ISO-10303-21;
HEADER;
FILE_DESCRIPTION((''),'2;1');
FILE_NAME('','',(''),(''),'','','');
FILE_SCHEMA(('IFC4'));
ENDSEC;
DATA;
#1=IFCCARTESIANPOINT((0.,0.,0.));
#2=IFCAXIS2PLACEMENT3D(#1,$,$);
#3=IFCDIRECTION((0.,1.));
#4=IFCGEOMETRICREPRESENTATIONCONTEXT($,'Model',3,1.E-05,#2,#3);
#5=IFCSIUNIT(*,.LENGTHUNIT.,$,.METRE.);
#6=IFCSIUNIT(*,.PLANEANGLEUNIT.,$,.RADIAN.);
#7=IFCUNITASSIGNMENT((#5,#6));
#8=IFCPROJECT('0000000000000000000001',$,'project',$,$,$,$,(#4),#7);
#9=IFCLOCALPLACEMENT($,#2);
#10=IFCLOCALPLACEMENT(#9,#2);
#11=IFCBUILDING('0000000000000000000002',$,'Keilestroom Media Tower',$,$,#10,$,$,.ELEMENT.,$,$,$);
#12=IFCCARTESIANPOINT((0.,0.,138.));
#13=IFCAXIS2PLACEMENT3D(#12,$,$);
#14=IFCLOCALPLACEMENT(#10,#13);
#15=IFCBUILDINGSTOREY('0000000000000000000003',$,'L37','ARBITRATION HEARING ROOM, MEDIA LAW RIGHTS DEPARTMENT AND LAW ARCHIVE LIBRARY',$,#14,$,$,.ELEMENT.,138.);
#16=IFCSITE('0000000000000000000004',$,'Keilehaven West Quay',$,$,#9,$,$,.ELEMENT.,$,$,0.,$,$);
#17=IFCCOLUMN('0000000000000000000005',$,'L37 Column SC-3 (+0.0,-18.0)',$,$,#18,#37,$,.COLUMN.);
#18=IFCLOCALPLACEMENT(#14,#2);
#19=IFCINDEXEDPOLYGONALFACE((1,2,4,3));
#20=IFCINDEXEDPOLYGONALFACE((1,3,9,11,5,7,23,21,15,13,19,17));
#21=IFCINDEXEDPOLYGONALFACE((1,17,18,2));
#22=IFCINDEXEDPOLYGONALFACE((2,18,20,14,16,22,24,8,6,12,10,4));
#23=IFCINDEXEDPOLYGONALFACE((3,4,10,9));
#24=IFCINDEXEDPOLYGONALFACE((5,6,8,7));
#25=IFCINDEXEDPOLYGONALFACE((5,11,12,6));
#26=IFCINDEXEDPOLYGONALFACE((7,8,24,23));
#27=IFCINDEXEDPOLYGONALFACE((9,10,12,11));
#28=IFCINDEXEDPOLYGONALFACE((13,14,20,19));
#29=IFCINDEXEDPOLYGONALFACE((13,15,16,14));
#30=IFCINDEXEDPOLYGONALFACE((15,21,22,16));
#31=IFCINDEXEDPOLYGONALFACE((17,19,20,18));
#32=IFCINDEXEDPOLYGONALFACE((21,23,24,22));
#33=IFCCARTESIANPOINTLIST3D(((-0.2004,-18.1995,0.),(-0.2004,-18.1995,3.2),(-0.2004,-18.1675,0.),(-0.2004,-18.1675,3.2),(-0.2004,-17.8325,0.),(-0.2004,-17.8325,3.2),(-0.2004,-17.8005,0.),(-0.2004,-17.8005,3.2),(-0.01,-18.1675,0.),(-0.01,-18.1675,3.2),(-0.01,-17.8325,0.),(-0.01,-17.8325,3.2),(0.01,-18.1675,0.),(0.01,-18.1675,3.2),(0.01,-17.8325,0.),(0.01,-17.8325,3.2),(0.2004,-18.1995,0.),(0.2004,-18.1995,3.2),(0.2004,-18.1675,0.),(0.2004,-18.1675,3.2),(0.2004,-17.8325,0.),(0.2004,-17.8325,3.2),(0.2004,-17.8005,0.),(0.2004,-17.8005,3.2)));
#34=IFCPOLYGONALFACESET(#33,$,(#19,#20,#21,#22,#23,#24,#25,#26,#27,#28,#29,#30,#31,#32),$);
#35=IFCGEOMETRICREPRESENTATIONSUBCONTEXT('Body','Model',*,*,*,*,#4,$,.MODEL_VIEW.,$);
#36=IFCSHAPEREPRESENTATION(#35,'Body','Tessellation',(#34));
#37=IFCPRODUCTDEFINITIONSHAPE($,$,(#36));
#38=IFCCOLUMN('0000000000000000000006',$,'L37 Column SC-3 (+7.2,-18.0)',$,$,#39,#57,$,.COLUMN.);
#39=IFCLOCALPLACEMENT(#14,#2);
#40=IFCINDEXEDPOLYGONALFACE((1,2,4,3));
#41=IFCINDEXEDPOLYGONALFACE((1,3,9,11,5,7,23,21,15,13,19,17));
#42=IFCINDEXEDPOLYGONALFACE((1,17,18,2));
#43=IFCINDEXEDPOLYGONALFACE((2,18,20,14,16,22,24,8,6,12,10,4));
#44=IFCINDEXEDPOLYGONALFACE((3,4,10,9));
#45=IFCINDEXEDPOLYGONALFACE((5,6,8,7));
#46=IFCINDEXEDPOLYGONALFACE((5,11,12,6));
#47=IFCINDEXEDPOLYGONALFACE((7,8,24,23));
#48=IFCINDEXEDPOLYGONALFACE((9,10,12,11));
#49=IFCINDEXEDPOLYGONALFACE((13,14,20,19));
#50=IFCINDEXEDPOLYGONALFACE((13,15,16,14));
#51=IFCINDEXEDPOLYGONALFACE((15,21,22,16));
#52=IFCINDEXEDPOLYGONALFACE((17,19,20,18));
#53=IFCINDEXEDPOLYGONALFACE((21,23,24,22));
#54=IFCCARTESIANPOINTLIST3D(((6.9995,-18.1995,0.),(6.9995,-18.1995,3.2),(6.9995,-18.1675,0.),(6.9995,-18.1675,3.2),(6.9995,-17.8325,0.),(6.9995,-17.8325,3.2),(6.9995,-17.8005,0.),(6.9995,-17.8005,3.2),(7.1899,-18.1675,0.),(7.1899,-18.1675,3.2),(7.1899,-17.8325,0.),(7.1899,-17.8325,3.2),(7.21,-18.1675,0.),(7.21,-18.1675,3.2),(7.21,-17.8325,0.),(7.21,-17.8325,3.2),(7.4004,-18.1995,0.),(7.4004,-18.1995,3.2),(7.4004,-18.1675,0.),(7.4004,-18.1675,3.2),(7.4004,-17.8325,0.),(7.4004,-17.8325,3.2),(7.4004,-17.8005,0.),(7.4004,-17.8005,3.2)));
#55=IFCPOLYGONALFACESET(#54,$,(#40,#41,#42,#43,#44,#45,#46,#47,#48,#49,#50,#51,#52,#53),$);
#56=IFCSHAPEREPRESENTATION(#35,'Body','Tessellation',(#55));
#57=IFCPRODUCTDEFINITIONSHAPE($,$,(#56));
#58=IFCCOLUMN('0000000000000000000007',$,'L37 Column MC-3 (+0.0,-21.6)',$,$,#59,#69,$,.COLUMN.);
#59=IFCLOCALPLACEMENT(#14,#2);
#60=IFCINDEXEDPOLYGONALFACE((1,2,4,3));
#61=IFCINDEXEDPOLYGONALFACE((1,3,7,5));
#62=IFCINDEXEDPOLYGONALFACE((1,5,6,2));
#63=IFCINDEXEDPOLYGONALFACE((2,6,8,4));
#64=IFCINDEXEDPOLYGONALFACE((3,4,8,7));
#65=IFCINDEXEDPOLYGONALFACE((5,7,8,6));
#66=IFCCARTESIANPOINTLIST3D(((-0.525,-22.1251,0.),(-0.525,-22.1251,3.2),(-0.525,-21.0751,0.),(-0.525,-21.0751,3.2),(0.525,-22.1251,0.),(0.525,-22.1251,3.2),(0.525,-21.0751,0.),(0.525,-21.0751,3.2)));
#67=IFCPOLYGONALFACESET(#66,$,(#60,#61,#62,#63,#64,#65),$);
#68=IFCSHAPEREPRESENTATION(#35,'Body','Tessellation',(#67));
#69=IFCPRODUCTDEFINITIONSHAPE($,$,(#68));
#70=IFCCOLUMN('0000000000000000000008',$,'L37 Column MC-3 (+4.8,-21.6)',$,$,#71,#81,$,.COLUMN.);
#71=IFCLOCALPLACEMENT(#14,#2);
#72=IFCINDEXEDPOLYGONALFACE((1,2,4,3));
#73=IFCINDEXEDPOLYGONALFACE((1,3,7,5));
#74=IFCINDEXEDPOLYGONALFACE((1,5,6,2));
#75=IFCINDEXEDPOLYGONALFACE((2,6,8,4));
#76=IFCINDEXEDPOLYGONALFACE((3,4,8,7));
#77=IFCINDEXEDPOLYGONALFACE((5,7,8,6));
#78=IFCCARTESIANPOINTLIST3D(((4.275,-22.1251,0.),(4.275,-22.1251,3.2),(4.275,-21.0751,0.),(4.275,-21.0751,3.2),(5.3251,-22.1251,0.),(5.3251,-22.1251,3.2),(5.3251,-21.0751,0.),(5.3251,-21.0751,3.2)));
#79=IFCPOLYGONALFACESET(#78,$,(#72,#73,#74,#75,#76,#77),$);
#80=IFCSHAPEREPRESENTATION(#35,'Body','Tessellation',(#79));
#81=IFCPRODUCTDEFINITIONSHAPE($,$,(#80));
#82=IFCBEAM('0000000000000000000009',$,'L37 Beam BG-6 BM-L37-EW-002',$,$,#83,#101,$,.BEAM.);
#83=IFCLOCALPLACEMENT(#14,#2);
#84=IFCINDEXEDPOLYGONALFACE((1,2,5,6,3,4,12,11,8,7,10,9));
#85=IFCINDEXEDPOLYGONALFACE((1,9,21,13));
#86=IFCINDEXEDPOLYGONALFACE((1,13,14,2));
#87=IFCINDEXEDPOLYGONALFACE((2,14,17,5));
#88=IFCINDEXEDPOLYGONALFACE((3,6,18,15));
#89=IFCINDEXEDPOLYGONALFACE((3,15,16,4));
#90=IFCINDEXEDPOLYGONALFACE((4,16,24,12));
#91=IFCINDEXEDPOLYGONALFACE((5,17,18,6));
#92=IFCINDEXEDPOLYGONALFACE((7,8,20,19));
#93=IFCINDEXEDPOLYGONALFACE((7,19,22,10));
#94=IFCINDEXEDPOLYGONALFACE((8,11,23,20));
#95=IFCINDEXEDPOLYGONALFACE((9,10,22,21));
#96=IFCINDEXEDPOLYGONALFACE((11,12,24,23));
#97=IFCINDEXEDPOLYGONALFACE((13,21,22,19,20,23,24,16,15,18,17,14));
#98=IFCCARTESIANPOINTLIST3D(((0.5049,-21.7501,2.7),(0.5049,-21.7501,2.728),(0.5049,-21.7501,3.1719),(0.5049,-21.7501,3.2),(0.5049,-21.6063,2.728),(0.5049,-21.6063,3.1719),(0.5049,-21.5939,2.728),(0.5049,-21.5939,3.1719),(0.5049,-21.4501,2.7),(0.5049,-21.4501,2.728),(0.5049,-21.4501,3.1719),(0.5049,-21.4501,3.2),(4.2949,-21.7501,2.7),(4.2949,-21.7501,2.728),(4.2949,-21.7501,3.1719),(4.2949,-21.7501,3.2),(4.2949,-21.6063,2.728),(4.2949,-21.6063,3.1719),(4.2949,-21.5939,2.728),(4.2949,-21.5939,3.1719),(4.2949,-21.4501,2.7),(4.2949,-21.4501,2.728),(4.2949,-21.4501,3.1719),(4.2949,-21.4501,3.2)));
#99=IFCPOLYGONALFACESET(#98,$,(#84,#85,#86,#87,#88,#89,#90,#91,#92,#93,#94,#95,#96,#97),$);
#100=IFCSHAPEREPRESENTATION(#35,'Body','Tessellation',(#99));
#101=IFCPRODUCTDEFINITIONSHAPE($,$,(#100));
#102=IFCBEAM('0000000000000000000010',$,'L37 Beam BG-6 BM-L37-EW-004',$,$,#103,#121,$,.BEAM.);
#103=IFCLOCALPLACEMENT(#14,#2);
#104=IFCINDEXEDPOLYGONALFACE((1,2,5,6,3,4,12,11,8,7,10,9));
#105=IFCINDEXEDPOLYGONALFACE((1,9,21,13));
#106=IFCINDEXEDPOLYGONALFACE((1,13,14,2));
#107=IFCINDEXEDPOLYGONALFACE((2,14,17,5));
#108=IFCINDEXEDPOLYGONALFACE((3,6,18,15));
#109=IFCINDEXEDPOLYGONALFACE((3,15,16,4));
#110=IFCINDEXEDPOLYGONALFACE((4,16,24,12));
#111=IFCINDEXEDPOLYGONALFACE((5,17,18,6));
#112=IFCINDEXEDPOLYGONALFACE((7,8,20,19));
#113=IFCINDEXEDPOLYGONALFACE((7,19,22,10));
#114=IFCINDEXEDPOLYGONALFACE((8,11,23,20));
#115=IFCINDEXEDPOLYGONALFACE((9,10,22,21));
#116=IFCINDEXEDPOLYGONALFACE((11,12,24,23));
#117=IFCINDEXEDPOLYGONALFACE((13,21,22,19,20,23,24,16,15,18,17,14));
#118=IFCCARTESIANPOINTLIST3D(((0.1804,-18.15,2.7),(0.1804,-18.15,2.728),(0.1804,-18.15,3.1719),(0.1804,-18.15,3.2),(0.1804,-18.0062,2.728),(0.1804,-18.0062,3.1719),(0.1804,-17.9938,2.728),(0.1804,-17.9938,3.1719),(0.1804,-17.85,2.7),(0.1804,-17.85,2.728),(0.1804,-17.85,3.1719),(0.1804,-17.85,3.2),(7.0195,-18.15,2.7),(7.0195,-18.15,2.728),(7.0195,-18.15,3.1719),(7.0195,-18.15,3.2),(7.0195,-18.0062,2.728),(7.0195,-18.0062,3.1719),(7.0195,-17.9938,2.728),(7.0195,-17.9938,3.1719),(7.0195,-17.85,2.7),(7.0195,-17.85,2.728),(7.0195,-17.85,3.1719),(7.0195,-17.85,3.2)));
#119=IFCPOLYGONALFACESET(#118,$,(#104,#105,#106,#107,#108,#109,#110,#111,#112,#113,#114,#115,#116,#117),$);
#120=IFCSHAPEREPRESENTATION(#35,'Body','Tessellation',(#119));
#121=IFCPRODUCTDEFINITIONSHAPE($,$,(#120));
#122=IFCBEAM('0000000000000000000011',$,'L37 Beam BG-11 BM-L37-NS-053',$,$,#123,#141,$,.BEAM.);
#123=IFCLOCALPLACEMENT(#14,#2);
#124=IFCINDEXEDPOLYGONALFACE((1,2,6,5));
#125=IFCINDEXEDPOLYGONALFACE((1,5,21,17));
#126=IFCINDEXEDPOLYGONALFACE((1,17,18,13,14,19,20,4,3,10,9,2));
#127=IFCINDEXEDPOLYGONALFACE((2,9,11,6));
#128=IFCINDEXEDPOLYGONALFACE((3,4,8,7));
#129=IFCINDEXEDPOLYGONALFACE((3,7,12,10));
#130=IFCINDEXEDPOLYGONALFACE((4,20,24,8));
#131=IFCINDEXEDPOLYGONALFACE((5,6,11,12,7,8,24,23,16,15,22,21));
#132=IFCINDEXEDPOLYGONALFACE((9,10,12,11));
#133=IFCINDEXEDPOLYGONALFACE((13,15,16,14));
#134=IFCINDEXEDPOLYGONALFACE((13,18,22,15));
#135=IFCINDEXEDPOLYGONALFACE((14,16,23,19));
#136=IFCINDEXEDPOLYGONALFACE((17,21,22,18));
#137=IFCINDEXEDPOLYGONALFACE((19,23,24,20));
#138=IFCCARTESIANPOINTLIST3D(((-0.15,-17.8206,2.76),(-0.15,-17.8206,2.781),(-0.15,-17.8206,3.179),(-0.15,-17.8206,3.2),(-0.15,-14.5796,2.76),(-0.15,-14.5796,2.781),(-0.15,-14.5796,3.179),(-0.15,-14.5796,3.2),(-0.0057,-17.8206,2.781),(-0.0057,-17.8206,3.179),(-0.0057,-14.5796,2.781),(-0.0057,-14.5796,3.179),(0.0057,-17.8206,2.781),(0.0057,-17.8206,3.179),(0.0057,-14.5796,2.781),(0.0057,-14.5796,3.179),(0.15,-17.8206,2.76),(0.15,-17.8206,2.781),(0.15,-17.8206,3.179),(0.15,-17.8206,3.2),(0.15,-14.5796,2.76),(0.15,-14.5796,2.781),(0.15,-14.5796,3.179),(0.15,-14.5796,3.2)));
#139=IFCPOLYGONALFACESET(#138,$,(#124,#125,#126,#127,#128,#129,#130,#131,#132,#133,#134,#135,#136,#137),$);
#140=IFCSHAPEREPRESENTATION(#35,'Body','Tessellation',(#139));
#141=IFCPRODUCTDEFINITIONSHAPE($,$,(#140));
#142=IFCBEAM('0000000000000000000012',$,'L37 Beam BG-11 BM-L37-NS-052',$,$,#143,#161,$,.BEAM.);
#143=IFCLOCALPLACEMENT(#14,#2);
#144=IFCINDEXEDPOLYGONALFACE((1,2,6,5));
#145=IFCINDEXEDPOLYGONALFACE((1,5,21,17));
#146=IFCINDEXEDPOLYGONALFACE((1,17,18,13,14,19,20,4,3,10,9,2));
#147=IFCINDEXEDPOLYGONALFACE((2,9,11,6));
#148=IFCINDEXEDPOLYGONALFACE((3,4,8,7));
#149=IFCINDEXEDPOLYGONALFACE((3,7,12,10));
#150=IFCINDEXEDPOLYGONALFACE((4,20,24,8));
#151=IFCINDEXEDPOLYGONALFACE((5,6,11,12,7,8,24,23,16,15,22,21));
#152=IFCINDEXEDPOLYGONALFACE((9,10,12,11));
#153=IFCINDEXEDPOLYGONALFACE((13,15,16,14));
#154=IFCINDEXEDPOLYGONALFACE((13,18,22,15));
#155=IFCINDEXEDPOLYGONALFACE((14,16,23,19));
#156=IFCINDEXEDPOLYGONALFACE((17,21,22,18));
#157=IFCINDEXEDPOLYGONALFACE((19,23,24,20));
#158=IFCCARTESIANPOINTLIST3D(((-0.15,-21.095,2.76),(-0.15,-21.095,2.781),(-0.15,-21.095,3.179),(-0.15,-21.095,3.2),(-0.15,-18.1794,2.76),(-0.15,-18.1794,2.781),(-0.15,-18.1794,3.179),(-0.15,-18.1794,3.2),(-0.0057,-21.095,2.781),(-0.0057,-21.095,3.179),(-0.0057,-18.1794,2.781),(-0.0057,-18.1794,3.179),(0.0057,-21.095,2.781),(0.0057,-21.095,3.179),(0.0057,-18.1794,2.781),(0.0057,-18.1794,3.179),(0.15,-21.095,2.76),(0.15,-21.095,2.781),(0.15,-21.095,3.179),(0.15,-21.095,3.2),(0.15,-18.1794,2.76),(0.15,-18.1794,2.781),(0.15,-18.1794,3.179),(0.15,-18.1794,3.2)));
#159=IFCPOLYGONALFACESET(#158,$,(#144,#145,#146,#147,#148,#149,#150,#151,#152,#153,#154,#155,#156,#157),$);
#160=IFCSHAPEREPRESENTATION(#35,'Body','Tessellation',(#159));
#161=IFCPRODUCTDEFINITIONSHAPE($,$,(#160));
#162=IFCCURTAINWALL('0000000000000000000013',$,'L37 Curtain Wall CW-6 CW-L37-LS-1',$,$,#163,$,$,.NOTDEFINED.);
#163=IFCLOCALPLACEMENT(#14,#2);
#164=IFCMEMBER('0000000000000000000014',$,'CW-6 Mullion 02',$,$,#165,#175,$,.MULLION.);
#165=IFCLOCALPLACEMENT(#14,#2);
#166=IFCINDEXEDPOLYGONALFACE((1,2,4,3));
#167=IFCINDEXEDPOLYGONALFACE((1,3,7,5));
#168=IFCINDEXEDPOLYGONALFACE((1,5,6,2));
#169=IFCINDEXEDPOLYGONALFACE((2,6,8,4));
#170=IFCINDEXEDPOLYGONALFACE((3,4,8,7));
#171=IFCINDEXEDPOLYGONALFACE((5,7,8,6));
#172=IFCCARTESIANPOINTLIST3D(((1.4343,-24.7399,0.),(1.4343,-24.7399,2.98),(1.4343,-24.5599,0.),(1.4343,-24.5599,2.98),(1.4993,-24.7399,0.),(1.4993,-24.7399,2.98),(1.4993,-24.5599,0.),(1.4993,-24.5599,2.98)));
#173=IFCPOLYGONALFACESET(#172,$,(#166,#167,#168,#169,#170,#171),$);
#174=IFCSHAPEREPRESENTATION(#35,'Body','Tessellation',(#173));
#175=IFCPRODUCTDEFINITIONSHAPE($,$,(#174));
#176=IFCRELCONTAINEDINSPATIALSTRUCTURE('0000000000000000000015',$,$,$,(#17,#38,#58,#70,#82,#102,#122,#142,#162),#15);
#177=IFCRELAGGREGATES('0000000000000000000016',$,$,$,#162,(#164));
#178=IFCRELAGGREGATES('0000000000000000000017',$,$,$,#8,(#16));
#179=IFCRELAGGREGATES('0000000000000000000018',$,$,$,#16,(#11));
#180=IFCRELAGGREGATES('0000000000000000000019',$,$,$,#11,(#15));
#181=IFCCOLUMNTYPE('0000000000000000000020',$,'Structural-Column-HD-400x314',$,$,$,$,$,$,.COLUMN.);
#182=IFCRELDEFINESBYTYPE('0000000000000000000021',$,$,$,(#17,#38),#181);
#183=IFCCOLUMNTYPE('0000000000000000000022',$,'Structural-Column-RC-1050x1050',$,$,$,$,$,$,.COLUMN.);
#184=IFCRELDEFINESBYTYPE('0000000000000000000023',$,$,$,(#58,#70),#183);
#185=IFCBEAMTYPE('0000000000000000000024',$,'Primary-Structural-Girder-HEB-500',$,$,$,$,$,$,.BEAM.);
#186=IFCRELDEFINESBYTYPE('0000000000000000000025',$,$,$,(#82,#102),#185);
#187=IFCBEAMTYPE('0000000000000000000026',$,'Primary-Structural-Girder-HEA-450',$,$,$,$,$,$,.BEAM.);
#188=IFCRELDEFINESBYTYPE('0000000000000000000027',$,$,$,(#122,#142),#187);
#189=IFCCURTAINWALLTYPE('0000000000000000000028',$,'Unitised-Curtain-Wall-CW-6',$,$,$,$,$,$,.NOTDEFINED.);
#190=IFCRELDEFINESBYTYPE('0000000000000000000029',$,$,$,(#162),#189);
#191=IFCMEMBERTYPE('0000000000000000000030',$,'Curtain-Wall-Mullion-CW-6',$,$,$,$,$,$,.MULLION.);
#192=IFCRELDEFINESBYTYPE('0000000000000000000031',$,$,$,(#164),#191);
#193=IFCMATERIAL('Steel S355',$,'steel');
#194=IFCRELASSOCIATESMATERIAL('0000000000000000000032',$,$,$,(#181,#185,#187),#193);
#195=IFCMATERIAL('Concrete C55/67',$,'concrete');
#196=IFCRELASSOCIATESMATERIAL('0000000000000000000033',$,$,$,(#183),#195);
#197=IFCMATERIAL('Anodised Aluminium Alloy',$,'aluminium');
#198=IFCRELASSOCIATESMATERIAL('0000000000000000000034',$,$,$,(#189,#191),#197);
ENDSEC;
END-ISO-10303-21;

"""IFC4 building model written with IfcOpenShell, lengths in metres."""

from ifc_helpers import new_model, si_unit, direction, frame, origin, origin_2d, place, context, subcontext, project, spatial, rectangle, i_section, extrude, source, transform, mapped, material, material_profile, profile_set, type_object, element, aggregate, save


model = new_model("IFC4")

# Units and contexts
model_context = context("Model", 3, precision=1e-05, world=origin(), true_north=direction((0.0, 1.0)))
body_context = subcontext(model_context, "Body", "Model", "MODEL_VIEW")
ifc_project = project(units=[si_unit("LENGTHUNIT", "METRE"), si_unit("PLANEANGLEUNIT", "RADIAN")], contexts=[model_context])

# Site, building, storey
site_placement = place(None, origin())
site = spatial("IfcSite", under=ifc_project, at=site_placement, Name="Keilehaven West Quay", CompositionType="ELEMENT", RefElevation=0.0)
building_placement = place(site_placement, origin())
building = spatial("IfcBuilding", under=site, at=building_placement, Name="Keilestroom Media Tower", CompositionType="ELEMENT")
storey_placement = place(building_placement, frame((0.0, 0.0, 138.0)))
storey = spatial("IfcBuildingStorey", under=building, at=storey_placement, Name="L37", Description="ARBITRATION HEARING ROOM, MEDIA LAW RIGHTS DEPARTMENT AND LAW ARCHIVE LIBRARY", CompositionType="ELEMENT", Elevation=138.0)

# Columns
ifc_material_1 = material(Name="Steel S355", Category="steel")
ifc_material_profile_1 = material_profile(ifc_material_1, i_section(OverallWidth=0.4009, OverallDepth=0.3989, WebThickness=0.02, FlangeThickness=0.032, at=origin_2d()), Name="HD 400x314")
ifc_profile_set_1 = profile_set([ifc_material_profile_1], Name="Steel S355")
column_type_1 = type_object("IfcColumnType", Name="Structural-Column-HD-400x314", PredefinedType="COLUMN", material=ifc_profile_set_1)
shared_shape_1 = source(origin(), body_context, "Body", "SweptSolid", [
    extrude(i_section(OverallWidth=0.4009, OverallDepth=0.3989, WebThickness=0.02, FlangeThickness=0.032, at=origin_2d()), origin(), (0.0, 0.0, 1.0), 3.2),
])
for number, where, z_axis, x_axis, name in (
    (1, (0.0, -18.0, 0.0), (0.0, 0.0, 1.0), (1.0, 0.0, 0.0), "L37 Column SC-3 (+0.0,-18.0)"),
    (2, (7.2, -18.0, 0.0), (0.0, 0.0, 1.0), (1.0, 0.0, 0.0), "L37 Column SC-3 (+7.2,-18.0)"),
):
    element("IfcColumn", number, at=place(storey_placement, frame(where, z_axis=z_axis, x_axis=x_axis)), inside=storey, type_object=column_type_1, Name=name, PredefinedType="COLUMN", context=body_context, shape_type="MappedRepresentation", body=[
        mapped(shared_shape_1, transform((0.0, 0.0, 0.0), x_axis=(1.0, 0.0, 0.0), y_axis=(0.0, 1.0, 0.0), z_axis=(0.0, 0.0, 1.0), scale=1.0)),
    ])
ifc_material_2 = material(Name="Concrete C55/67", Category="concrete")
ifc_material_profile_2 = material_profile(ifc_material_2, rectangle(XDim=1.05, YDim=1.05, at=origin_2d()), Name="RC 1050x1050")
ifc_profile_set_2 = profile_set([ifc_material_profile_2], Name="Concrete C55/67")
column_type_2 = type_object("IfcColumnType", Name="Structural-Column-RC-1050x1050", PredefinedType="COLUMN", material=ifc_profile_set_2)
shared_shape_2 = source(origin(), body_context, "Body", "SweptSolid", [
    extrude(rectangle(XDim=1.05, YDim=1.05, at=origin_2d()), origin(), (0.0, 0.0, 1.0), 3.2),
])
for number, where, z_axis, x_axis, name in (
    (3, (0.0, -21.6001, 0.0), (0.0, 0.0, 1.0), (1.0, 0.0, 0.0), "L37 Column MC-3 (+0.0,-21.6)"),
    (4, (4.8, -21.6001, 0.0), (0.0, 0.0, 1.0), (1.0, 0.0, 0.0), "L37 Column MC-3 (+4.8,-21.6)"),
):
    element("IfcColumn", number, at=place(storey_placement, frame(where, z_axis=z_axis, x_axis=x_axis)), inside=storey, type_object=column_type_2, Name=name, PredefinedType="COLUMN", context=body_context, shape_type="MappedRepresentation", body=[
        mapped(shared_shape_2, transform((0.0, 0.0, 0.0), x_axis=(1.0, 0.0, 0.0), y_axis=(0.0, 1.0, 0.0), z_axis=(0.0, 0.0, 1.0), scale=1.0)),
    ])

# Beams
ifc_material_profile_3 = material_profile(ifc_material_1, i_section(OverallWidth=0.3, OverallDepth=0.5, WebThickness=0.0125, FlangeThickness=0.0281, at=origin_2d()), Name="HEB 500")
ifc_profile_set_3 = profile_set([ifc_material_profile_3], Name="Steel S355")
beam_type_1 = type_object("IfcBeamType", Name="Primary-Structural-Girder-HEB-500", PredefinedType="BEAM", material=ifc_profile_set_3)
shared_shape_3 = source(origin(), body_context, "Body", "SweptSolid", [
    extrude(i_section(OverallWidth=0.3, OverallDepth=0.5, WebThickness=0.0125, FlangeThickness=0.0281, at=origin_2d()), origin(), (0.0, 0.0, 1.0), 3.79),
])
beam_1_placement = place(storey_placement, frame((0.5049, -21.6001, 2.95), z_axis=(1.0, 0.0, 0.0), x_axis=(0.0, 1.0, 0.0)))
element("IfcBeam", 5, at=beam_1_placement, inside=storey, type_object=beam_type_1, Name="L37 Beam BG-6 BM-L37-EW-002", PredefinedType="BEAM", context=body_context, shape_type="MappedRepresentation", body=[
    mapped(shared_shape_3, transform((0.0, 0.0, 0.0), x_axis=(1.0, 0.0, 0.0), y_axis=(0.0, 1.0, 0.0), z_axis=(0.0, 0.0, 1.0), scale=1.0)),
])
shared_shape_4 = source(origin(), body_context, "Body", "SweptSolid", [
    extrude(i_section(OverallWidth=0.3, OverallDepth=0.5, WebThickness=0.0125, FlangeThickness=0.0281, at=origin_2d()), origin(), (0.0, 0.0, 1.0), 6.8391),
])
beam_2_placement = place(storey_placement, frame((0.1804, -18.0, 2.95), z_axis=(1.0, 0.0, 0.0), x_axis=(0.0, 1.0, 0.0)))
element("IfcBeam", 6, at=beam_2_placement, inside=storey, type_object=beam_type_1, Name="L37 Beam BG-6 BM-L37-EW-004", PredefinedType="BEAM", context=body_context, shape_type="MappedRepresentation", body=[
    mapped(shared_shape_4, transform((0.0, 0.0, 0.0), x_axis=(1.0, 0.0, 0.0), y_axis=(0.0, 1.0, 0.0), z_axis=(0.0, 0.0, 1.0), scale=1.0)),
])
ifc_material_profile_4 = material_profile(ifc_material_1, i_section(OverallWidth=0.3, OverallDepth=0.4399, WebThickness=0.0115, FlangeThickness=0.021, at=origin_2d()), Name="HEA 450")
ifc_profile_set_4 = profile_set([ifc_material_profile_4], Name="Steel S355")
beam_type_2 = type_object("IfcBeamType", Name="Primary-Structural-Girder-HEA-450", PredefinedType="BEAM", material=ifc_profile_set_4)
shared_shape_5 = source(origin(), body_context, "Body", "SweptSolid", [
    extrude(i_section(OverallWidth=0.3, OverallDepth=0.4399, WebThickness=0.0115, FlangeThickness=0.021, at=origin_2d()), origin(), (0.0, 0.0, 1.0), 3.241),
])
beam_3_placement = place(storey_placement, frame((0.0, -17.8206, 2.98), z_axis=(0.0, 1.0, 0.0), x_axis=(-1.0, 0.0, 0.0)))
element("IfcBeam", 7, at=beam_3_placement, inside=storey, type_object=beam_type_2, Name="L37 Beam BG-11 BM-L37-NS-053", PredefinedType="BEAM", context=body_context, shape_type="MappedRepresentation", body=[
    mapped(shared_shape_5, transform((0.0, 0.0, 0.0), x_axis=(1.0, 0.0, 0.0), y_axis=(0.0, 1.0, 0.0), z_axis=(0.0, 0.0, 1.0), scale=1.0)),
])
shared_shape_6 = source(origin(), body_context, "Body", "SweptSolid", [
    extrude(i_section(OverallWidth=0.3, OverallDepth=0.4399, WebThickness=0.0115, FlangeThickness=0.021, at=origin_2d()), origin(), (0.0, 0.0, 1.0), 2.9155),
])
beam_4_placement = place(storey_placement, frame((0.0, -21.095, 2.98), z_axis=(0.0, 1.0, 0.0), x_axis=(-1.0, 0.0, 0.0)))
element("IfcBeam", 8, at=beam_4_placement, inside=storey, type_object=beam_type_2, Name="L37 Beam BG-11 BM-L37-NS-052", PredefinedType="BEAM", context=body_context, shape_type="MappedRepresentation", body=[
    mapped(shared_shape_6, transform((0.0, 0.0, 0.0), x_axis=(1.0, 0.0, 0.0), y_axis=(0.0, 1.0, 0.0), z_axis=(0.0, 0.0, 1.0), scale=1.0)),
])

# Curtain wall, member
ifc_material_3 = material(Name="Anodised Aluminium Alloy", Category="aluminium")
curtain_wall_type = type_object("IfcCurtainWallType", Name="Unitised-Curtain-Wall-CW-6", PredefinedType="NOTDEFINED", material=ifc_material_3)
curtain_wall_placement = place(storey_placement, origin())
curtain_wall = element("IfcCurtainWall", 9, at=curtain_wall_placement, inside=storey, type_object=curtain_wall_type, Name="L37 Curtain Wall CW-6 CW-L37-LS-1", PredefinedType="NOTDEFINED")
ifc_material_profile_5 = material_profile(ifc_material_3, rectangle(XDim=0.0649, YDim=0.1799, at=origin_2d()), Name="ALU MULLION 65x180")
ifc_profile_set_5 = profile_set([ifc_material_profile_5], Name="Anodised Aluminium Alloy")
member_type_1 = type_object("IfcMemberType", Name="Curtain-Wall-Mullion-CW-6", PredefinedType="MULLION", material=ifc_profile_set_5)
shared_shape_7 = source(origin(), body_context, "Body", "SweptSolid", [
    extrude(rectangle(XDim=0.0649, YDim=0.1799, at=origin_2d()), origin(), (0.0, 0.0, 1.0), 2.98),
])
member_1_placement = place(storey_placement, frame((1.4668, -24.6499, 0.0), z_axis=(0.0, 0.0, 1.0), x_axis=(1.0, 0.0, 0.0)))
member_1 = element("IfcMember", 10, at=member_1_placement, type_object=member_type_1, Name="CW-6 Mullion 02", PredefinedType="MULLION", context=body_context, shape_type="MappedRepresentation", body=[
    mapped(shared_shape_7, transform((0.0, 0.0, 0.0), x_axis=(1.0, 0.0, 0.0), y_axis=(0.0, 1.0, 0.0), z_axis=(0.0, 0.0, 1.0), scale=1.0)),
])
aggregate(curtain_wall, [member_1])

save(model, "model.ifc")
